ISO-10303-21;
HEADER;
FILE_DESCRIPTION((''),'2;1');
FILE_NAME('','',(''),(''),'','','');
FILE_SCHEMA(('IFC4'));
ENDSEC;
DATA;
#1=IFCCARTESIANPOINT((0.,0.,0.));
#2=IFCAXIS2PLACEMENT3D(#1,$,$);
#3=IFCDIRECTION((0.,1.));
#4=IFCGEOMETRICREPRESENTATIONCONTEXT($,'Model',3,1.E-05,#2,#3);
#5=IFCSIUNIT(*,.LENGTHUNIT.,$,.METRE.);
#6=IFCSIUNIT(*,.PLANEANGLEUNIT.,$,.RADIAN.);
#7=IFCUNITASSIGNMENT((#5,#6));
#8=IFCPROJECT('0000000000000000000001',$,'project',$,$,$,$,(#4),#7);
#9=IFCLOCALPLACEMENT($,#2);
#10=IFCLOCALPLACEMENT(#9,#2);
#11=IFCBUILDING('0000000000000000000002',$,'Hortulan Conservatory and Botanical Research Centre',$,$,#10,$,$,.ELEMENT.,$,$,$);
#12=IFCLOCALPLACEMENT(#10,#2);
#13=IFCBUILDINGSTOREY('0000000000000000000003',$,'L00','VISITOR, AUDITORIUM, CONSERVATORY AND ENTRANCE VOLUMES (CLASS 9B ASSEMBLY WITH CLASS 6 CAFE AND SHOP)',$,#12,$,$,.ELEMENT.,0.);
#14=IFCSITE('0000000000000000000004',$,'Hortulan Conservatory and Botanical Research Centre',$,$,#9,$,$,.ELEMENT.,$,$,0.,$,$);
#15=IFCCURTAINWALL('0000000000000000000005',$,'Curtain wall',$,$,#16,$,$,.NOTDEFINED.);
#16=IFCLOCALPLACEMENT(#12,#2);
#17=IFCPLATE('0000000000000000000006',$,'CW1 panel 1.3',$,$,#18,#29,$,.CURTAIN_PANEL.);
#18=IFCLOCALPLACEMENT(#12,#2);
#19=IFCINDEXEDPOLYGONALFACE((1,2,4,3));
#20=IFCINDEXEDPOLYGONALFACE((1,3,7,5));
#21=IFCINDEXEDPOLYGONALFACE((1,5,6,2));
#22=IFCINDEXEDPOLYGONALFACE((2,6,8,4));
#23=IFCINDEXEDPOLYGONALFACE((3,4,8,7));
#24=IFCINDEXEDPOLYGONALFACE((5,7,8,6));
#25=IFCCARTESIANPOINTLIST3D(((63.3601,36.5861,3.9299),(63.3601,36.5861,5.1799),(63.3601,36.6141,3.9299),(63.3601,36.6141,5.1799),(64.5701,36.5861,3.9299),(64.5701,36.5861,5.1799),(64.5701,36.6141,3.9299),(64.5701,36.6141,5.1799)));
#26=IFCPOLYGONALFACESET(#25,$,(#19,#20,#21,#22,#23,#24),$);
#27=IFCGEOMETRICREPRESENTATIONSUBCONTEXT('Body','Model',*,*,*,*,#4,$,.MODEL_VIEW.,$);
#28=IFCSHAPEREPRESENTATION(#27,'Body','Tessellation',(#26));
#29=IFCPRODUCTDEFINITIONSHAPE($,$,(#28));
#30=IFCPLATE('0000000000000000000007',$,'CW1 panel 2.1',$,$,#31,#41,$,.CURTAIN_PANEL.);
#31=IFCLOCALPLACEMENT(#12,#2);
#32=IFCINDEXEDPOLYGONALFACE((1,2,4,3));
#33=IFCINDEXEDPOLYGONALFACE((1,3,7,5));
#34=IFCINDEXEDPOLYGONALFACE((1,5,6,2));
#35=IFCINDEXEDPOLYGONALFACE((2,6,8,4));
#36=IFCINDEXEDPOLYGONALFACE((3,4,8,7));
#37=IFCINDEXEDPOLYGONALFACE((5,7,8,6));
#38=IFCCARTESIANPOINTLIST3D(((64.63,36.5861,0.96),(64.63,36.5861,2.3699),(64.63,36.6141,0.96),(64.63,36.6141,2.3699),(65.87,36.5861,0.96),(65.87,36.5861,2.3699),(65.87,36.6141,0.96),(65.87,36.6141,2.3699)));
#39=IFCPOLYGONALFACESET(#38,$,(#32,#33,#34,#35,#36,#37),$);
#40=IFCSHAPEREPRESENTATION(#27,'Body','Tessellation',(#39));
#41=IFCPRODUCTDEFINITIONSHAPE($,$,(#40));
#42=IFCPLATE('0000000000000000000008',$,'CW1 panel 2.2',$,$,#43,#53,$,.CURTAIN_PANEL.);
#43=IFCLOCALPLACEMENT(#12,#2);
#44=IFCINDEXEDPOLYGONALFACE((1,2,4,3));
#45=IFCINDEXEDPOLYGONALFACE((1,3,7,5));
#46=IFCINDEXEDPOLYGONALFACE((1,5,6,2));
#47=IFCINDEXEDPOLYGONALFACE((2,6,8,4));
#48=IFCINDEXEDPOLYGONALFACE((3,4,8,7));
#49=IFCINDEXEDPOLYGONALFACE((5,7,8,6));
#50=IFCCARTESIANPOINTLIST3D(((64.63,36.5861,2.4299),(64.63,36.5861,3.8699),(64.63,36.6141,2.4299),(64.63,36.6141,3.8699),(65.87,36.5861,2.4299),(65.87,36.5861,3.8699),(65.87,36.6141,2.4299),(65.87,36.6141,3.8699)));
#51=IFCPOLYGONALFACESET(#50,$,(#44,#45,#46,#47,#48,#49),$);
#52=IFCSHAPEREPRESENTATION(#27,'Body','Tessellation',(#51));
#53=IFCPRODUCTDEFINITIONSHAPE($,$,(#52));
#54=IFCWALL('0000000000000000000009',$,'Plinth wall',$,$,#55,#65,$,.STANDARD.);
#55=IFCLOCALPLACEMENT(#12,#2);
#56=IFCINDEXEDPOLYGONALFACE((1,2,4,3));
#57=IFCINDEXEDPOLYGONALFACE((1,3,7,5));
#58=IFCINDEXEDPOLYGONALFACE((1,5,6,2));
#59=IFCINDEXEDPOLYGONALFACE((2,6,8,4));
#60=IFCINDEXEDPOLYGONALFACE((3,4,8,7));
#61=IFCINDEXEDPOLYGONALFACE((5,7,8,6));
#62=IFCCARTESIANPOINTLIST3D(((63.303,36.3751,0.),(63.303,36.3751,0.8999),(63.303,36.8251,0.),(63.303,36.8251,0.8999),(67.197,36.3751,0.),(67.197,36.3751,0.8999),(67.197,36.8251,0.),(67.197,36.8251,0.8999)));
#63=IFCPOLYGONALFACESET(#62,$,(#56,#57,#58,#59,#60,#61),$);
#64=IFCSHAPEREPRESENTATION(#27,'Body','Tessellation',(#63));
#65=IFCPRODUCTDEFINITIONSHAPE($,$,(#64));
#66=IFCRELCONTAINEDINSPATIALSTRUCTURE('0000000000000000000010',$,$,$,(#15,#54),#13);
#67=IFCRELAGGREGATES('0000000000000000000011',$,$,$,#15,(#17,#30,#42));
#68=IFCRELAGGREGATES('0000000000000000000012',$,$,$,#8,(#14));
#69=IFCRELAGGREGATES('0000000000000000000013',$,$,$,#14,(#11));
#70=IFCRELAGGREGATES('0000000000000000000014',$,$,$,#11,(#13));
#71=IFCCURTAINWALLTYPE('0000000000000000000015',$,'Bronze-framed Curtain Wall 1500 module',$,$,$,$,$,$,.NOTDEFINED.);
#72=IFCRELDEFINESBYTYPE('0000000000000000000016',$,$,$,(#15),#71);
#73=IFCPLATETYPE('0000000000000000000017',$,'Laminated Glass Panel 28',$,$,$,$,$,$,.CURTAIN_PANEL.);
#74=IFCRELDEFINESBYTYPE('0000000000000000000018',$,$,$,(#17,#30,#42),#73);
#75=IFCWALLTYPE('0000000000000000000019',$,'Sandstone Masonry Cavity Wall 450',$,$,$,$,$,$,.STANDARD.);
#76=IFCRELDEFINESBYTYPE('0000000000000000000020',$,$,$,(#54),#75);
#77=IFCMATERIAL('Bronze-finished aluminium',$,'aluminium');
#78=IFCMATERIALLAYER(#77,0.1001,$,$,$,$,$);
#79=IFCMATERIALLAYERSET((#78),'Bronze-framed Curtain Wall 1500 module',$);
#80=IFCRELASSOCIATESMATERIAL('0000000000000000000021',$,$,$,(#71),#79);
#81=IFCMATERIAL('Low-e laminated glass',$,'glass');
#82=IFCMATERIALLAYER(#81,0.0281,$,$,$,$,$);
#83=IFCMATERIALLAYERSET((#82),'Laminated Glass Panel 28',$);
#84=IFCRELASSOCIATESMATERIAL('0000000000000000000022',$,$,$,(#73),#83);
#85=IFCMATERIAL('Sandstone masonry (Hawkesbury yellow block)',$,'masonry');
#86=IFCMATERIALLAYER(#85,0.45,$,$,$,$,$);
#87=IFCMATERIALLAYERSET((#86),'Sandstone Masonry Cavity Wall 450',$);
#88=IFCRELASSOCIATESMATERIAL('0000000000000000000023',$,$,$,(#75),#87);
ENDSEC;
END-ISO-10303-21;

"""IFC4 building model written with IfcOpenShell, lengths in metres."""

from ifc_helpers import new_model, si_unit, direction, frame, frame_2d, origin, origin_2d, place, context, subcontext, project, spatial, rectangle, extrude, material, layer, layer_set, type_object, element, aggregate, save


model = new_model("IFC4")

# Units and contexts
model_context = context("Model", 3, precision=1e-05, world=origin(), true_north=direction((0.0, 1.0)))
body_context = subcontext(model_context, "Body", "Model", "MODEL_VIEW")
ifc_project = project(units=[si_unit("LENGTHUNIT", "METRE"), si_unit("PLANEANGLEUNIT", "RADIAN")], contexts=[model_context])

# Site, building, storey
site_placement = place(None, origin())
site = spatial("IfcSite", under=ifc_project, at=site_placement, Name="Hortulan Conservatory and Botanical Research Centre", CompositionType="ELEMENT", RefElevation=0.0)
building_placement = place(site_placement, origin())
building = spatial("IfcBuilding", under=site, at=building_placement, Name="Hortulan Conservatory and Botanical Research Centre", CompositionType="ELEMENT")
storey_placement = place(building_placement, origin())
storey = spatial("IfcBuildingStorey", under=building, at=storey_placement, Name="L00", Description="VISITOR, AUDITORIUM, CONSERVATORY AND ENTRANCE VOLUMES (CLASS 9B ASSEMBLY WITH CLASS 6 CAFE AND SHOP)", CompositionType="ELEMENT", Elevation=0.0)

# Shared definitions
ifc_material_1 = material(Name="Bronze-finished aluminium", Category="aluminium")
ifc_layer_1 = layer(ifc_material_1, 0.1001)
ifc_layer_set_1 = layer_set([ifc_layer_1], Name="Bronze-framed Curtain Wall 1500 module")
curtain_wall_type = type_object("IfcCurtainWallType", Name="Bronze-framed Curtain Wall 1500 module", PredefinedType="NOTDEFINED", material=ifc_layer_set_1)

# Curtain wall
curtain_wall_1_placement = place(storey_placement, origin())
curtain_wall_1 = element("IfcCurtainWall", 1, at=curtain_wall_1_placement, inside=storey, type_object=curtain_wall_type, Name="Curtain wall", PredefinedType="NOTDEFINED")

# Plates
ifc_material_2 = material(Name="Low-e laminated glass", Category="glass")
ifc_layer_2 = layer(ifc_material_2, 0.0281)
ifc_layer_set_2 = layer_set([ifc_layer_2], Name="Laminated Glass Panel 28")
plate_type = type_object("IfcPlateType", Name="Laminated Glass Panel 28", PredefinedType="CURTAIN_PANEL", material=ifc_layer_set_2)
plate_1_placement = place(storey_placement, frame((63.9651, 36.6001, 3.9299), z_axis=(0.0, 0.0, 1.0), x_axis=(1.0, 0.0, 0.0)))
plate_1 = element("IfcPlate", 2, at=plate_1_placement, type_object=plate_type, Name="CW1 panel 1.3", PredefinedType="CURTAIN_PANEL", context=body_context, shape_type="SweptSolid", body=[
    extrude(rectangle(XDim=1.21, YDim=0.0281, at=origin_2d()), origin(), (0.0, 0.0, 1.0), 1.25),
])
plate_2_placement = place(storey_placement, frame((65.25, 36.6001, 0.96), z_axis=(0.0, 0.0, 1.0), x_axis=(1.0, 0.0, 0.0)))
plate_2 = element("IfcPlate", 3, at=plate_2_placement, type_object=plate_type, Name="CW1 panel 2.1", PredefinedType="CURTAIN_PANEL", context=body_context, shape_type="SweptSolid", body=[
    extrude(rectangle(XDim=1.24, YDim=0.0281, at=origin_2d()), origin(), (0.0, 0.0, 1.0), 1.4099),
])
plate_3_placement = place(storey_placement, frame((65.25, 36.6001, 2.4299), z_axis=(0.0, 0.0, 1.0), x_axis=(1.0, 0.0, 0.0)))
plate_3 = element("IfcPlate", 4, at=plate_3_placement, type_object=plate_type, Name="CW1 panel 2.2", PredefinedType="CURTAIN_PANEL", context=body_context, shape_type="SweptSolid", body=[
    extrude(rectangle(XDim=1.24, YDim=0.0281, at=origin_2d()), origin(), (0.0, 0.0, 1.0), 1.4399),
])
aggregate(curtain_wall_1, [plate_1, plate_2, plate_3])

# Wall
ifc_material_3 = material(Name="Sandstone masonry (Hawkesbury yellow block)", Category="masonry")
ifc_layer_3 = layer(ifc_material_3, 0.45)
ifc_layer_set_3 = layer_set([ifc_layer_3], Name="Sandstone Masonry Cavity Wall 450")
wall_type = type_object("IfcWallType", Name="Sandstone Masonry Cavity Wall 450", PredefinedType="STANDARD", material=ifc_layer_set_3)
wall_placement = place(storey_placement, frame((63.303, 36.6001, 0.0), z_axis=(0.0, 0.0, 1.0), x_axis=(1.0, 0.0, 0.0)))
element("IfcWall", 5, at=wall_placement, inside=storey, type_object=wall_type, Name="Plinth wall", PredefinedType="STANDARD", context=body_context, shape_type="SweptSolid", body=[
    extrude(rectangle(XDim=3.894, YDim=0.45, at=frame_2d((1.947, 0.0))), origin(), (0.0, 0.0, 1.0), 0.8999),
])

save(model, "model.ifc")
